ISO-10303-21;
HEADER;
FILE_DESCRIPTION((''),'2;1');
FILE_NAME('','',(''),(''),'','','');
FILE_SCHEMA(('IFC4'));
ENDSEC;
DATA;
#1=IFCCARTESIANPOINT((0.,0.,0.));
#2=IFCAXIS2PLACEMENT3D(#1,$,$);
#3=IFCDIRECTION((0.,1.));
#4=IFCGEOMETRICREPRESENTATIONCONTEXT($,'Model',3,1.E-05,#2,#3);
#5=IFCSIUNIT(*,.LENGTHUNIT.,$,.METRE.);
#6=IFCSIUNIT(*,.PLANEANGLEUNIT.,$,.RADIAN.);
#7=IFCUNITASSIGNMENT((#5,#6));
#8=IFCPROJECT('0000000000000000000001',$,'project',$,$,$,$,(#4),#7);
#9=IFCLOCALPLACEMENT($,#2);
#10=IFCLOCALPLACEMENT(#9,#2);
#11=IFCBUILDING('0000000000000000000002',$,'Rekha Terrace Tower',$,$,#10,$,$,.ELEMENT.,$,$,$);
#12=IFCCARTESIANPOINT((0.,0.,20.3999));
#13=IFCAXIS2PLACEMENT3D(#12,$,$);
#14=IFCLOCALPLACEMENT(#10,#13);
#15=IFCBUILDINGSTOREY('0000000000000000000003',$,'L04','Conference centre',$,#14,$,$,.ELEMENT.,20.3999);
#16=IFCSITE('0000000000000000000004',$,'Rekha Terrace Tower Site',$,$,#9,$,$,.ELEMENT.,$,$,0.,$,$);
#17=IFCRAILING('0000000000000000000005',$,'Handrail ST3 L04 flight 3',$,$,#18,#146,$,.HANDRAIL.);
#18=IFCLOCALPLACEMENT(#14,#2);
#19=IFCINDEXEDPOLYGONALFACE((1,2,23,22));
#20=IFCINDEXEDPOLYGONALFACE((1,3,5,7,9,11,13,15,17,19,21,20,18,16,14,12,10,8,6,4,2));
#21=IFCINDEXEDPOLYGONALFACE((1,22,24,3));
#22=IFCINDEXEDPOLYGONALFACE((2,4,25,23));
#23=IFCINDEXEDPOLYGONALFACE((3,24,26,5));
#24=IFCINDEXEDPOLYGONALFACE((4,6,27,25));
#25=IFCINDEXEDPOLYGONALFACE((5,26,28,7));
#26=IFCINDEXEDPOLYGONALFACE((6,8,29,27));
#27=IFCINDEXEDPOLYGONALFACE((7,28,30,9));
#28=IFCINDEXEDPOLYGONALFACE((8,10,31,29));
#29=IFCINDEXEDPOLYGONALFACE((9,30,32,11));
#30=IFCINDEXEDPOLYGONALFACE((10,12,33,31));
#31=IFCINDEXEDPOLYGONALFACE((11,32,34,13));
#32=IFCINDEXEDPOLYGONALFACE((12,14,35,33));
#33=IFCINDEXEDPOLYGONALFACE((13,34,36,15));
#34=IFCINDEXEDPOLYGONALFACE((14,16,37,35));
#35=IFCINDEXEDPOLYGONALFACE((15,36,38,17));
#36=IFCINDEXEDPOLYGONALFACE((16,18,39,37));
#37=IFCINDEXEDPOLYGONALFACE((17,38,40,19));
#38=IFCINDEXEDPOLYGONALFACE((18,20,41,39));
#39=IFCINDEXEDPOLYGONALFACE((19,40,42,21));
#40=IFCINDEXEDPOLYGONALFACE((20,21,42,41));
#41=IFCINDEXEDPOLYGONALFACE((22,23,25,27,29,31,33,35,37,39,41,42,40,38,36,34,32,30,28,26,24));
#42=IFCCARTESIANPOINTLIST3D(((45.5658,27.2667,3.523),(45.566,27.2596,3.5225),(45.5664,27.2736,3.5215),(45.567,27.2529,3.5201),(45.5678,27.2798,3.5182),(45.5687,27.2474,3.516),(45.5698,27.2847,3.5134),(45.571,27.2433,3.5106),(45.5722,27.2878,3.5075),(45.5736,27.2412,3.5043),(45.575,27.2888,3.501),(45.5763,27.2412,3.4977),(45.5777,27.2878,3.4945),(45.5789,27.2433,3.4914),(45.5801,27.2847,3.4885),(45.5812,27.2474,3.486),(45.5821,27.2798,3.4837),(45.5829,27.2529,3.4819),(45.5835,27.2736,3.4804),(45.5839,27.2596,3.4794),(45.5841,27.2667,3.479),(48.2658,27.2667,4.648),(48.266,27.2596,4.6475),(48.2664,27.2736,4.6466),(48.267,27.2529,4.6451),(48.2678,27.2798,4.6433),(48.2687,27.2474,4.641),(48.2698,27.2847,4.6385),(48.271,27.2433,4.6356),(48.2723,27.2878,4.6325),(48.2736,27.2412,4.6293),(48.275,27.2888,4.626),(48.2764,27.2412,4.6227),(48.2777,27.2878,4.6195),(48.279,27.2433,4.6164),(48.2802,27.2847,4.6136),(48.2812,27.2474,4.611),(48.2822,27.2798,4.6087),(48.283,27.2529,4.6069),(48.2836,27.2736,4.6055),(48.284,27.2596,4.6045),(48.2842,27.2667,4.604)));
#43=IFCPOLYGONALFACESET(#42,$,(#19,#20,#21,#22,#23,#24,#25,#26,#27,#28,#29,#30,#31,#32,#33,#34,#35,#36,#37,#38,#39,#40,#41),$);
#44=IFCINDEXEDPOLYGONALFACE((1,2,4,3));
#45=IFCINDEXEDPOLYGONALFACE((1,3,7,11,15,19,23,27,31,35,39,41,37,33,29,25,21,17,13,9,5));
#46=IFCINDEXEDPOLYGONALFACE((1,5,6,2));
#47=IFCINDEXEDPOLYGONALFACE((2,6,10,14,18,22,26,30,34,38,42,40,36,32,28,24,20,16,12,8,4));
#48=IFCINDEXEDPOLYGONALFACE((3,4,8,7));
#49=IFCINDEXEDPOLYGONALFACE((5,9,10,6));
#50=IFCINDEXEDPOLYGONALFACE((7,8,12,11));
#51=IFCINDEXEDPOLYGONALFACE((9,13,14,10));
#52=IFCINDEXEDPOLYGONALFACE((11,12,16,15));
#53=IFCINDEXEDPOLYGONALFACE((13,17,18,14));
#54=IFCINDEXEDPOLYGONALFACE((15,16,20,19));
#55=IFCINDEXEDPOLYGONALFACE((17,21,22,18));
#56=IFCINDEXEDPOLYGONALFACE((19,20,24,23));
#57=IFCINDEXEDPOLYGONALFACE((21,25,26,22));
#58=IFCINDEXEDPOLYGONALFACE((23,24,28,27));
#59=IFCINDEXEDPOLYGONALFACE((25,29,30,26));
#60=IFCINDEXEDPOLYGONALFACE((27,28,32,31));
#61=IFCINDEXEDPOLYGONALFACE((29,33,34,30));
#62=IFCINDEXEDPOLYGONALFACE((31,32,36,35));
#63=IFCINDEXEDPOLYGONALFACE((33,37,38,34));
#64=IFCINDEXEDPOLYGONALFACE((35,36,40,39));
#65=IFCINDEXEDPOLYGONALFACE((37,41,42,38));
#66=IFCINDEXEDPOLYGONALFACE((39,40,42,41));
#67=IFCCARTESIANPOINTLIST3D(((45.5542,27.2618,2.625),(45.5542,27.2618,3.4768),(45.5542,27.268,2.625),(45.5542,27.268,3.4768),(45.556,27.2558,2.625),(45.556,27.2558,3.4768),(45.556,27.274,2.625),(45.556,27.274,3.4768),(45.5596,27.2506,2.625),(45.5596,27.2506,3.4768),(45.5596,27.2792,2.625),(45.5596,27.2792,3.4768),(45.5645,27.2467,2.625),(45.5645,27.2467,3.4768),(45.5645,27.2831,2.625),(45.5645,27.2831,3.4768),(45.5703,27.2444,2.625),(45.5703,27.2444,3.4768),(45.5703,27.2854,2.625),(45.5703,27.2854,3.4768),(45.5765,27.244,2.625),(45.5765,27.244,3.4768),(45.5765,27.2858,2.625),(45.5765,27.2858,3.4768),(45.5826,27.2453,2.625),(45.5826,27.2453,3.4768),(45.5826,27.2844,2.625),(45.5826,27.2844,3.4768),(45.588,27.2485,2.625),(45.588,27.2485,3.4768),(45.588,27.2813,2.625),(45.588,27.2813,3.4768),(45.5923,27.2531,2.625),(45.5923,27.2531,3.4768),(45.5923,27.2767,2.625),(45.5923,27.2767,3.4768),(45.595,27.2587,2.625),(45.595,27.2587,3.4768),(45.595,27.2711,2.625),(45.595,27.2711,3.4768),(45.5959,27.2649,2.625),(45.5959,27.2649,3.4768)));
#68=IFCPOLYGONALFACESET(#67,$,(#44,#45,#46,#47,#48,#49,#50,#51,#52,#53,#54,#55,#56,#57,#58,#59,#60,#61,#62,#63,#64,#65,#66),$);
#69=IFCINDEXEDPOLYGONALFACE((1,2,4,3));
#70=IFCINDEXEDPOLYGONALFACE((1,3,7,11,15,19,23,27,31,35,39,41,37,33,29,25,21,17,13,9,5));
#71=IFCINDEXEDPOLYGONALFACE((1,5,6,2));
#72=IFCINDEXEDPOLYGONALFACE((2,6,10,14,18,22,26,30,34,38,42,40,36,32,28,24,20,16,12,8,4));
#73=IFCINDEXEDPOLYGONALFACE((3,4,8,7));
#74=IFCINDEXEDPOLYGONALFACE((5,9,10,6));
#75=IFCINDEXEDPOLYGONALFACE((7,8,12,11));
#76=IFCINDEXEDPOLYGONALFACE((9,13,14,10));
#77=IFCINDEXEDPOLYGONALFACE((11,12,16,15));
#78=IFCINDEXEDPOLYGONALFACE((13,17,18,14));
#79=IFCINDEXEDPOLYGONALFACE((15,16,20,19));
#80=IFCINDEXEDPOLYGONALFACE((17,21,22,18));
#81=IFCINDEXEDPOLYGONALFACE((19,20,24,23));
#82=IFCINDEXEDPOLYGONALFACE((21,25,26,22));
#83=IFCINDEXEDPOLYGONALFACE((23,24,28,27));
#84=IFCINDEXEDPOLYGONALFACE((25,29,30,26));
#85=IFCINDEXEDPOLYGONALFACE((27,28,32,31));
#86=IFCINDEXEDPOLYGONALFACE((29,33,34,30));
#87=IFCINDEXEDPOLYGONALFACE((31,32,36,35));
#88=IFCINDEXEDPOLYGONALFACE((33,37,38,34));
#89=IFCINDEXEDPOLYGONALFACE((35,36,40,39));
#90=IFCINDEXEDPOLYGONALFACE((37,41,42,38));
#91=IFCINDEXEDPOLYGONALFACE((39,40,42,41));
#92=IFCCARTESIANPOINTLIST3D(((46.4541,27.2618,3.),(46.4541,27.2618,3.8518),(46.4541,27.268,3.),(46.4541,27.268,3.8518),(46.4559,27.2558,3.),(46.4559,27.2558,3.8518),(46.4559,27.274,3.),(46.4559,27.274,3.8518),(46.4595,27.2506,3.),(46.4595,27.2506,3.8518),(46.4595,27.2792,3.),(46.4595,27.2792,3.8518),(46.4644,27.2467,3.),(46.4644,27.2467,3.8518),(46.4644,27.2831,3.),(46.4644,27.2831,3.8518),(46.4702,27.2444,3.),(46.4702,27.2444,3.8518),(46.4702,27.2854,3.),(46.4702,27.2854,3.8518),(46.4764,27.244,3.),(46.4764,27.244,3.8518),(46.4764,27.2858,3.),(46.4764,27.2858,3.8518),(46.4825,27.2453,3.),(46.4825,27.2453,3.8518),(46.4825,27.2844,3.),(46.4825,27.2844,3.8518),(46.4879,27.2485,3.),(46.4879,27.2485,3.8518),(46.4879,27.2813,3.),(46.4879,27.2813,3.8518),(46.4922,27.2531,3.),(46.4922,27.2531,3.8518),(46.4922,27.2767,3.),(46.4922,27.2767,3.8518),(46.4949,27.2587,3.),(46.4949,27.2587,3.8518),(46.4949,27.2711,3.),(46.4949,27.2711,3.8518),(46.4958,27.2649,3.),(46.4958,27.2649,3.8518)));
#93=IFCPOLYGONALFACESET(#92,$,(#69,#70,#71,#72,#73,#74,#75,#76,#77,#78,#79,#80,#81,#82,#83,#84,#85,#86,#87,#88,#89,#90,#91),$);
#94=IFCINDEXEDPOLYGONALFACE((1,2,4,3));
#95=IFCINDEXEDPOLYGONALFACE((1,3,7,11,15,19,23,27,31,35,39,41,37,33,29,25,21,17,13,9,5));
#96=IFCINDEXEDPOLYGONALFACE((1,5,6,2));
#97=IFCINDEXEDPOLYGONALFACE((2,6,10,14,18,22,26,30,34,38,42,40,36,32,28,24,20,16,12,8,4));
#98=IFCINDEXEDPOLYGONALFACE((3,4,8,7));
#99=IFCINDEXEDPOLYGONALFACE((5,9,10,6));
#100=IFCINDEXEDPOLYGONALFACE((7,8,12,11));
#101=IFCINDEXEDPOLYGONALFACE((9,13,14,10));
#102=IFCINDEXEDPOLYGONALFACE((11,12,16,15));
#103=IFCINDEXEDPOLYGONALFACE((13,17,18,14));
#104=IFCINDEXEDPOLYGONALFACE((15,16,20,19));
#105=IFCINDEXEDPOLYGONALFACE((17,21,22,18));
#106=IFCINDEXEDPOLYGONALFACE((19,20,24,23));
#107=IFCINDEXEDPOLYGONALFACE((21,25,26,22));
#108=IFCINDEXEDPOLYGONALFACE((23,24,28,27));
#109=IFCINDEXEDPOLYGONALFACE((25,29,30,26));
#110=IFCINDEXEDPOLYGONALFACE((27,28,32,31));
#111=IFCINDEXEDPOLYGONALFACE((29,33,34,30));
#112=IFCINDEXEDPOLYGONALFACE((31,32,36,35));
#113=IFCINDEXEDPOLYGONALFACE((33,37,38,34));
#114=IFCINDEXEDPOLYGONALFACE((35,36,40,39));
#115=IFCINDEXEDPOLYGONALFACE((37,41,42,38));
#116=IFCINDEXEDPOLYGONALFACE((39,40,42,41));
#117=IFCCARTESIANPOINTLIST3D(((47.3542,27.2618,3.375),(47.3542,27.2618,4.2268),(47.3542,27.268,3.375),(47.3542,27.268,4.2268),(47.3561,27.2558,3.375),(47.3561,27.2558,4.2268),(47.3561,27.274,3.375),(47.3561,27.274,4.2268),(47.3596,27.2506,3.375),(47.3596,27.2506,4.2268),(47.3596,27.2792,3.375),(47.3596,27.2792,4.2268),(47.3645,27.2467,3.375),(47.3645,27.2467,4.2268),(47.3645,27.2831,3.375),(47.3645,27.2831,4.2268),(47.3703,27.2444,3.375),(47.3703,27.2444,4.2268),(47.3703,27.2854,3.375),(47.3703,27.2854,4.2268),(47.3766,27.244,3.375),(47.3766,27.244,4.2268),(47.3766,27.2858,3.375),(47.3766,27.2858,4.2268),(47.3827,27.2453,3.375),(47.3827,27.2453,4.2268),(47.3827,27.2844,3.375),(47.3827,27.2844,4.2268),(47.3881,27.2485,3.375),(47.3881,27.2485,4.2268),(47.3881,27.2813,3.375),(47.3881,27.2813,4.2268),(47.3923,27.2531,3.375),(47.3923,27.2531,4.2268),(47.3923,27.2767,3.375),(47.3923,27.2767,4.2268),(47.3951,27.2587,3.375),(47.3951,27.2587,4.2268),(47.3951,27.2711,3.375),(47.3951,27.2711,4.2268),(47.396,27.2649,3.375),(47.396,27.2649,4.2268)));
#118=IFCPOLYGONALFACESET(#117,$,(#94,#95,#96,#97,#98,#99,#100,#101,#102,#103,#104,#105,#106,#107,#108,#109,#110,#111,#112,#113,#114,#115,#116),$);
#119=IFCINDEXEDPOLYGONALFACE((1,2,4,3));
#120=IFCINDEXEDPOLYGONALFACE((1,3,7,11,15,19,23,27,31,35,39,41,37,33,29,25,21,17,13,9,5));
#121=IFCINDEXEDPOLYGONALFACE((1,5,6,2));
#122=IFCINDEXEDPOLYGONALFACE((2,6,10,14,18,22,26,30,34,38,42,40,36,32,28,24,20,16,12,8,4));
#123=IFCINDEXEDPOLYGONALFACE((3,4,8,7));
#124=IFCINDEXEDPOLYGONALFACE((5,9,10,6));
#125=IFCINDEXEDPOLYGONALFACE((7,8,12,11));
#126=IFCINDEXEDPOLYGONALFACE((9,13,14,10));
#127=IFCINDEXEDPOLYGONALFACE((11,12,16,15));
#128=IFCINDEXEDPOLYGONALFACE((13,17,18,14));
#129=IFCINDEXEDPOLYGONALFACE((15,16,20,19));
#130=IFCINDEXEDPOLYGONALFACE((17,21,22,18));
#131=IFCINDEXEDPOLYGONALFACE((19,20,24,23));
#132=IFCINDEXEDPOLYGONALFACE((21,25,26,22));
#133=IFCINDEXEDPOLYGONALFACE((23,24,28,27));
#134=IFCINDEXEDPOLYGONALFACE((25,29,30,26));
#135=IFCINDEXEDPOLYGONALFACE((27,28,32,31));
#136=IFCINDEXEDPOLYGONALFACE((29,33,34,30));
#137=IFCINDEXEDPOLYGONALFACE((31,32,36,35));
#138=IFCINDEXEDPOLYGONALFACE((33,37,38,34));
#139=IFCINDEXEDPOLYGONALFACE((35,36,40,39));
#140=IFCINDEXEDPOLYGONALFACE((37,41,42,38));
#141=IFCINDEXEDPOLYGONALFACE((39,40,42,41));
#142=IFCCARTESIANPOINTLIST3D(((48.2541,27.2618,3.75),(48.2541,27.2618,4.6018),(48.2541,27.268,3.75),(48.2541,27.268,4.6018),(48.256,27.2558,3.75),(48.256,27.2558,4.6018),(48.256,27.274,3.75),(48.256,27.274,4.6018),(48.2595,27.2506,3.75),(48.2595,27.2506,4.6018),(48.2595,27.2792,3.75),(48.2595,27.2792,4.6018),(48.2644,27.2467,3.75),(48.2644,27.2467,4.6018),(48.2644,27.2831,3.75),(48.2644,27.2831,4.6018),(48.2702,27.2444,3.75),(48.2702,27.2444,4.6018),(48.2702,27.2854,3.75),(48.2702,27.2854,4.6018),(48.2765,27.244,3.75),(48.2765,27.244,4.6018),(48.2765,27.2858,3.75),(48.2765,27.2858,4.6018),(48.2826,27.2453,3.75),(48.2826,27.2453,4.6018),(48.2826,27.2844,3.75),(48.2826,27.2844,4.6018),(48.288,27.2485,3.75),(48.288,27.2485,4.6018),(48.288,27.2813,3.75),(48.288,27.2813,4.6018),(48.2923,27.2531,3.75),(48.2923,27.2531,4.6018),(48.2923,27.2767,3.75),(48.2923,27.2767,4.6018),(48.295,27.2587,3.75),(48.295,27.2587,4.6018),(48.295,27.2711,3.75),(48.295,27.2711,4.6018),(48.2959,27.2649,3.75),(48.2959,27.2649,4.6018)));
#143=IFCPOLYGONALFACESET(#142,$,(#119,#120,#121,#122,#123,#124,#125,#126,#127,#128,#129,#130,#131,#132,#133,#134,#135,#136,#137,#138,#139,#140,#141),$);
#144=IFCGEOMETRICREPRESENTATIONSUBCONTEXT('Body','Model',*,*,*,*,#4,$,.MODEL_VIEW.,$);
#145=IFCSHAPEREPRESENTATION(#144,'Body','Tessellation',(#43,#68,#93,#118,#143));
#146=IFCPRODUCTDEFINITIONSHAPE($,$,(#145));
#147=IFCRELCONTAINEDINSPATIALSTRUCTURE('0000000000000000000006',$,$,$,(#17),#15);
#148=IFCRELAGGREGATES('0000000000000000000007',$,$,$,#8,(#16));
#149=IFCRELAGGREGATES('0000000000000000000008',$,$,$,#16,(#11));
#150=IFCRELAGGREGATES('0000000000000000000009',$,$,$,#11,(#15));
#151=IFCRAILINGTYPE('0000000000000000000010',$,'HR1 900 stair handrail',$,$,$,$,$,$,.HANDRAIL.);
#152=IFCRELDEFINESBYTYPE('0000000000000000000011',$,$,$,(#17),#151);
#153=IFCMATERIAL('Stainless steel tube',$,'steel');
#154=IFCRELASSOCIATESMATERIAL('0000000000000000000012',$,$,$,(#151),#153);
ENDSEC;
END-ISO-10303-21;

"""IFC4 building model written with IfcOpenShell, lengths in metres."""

from ifc_helpers import new_model, si_unit, direction, frame, origin, origin_2d, place, context, subcontext, project, spatial, circle, extrude, material, type_object, element, save


model = new_model("IFC4")

# Units and contexts
model_context = context("Model", 3, precision=1e-05, world=origin(), true_north=direction((0.0, 1.0)))
body_context = subcontext(model_context, "Body", "Model", "MODEL_VIEW")
ifc_project = project(units=[si_unit("LENGTHUNIT", "METRE"), si_unit("PLANEANGLEUNIT", "RADIAN")], contexts=[model_context])

# Site, building, storey
site_placement = place(None, origin())
site = spatial("IfcSite", under=ifc_project, at=site_placement, Name="Rekha Terrace Tower Site", CompositionType="ELEMENT", RefElevation=0.0)
building_placement = place(site_placement, origin())
building = spatial("IfcBuilding", under=site, at=building_placement, Name="Rekha Terrace Tower", CompositionType="ELEMENT")
storey_placement = place(building_placement, frame((0.0, 0.0, 20.3999)))
storey = spatial("IfcBuildingStorey", under=building, at=storey_placement, Name="L04", Description="Conference centre", CompositionType="ELEMENT", Elevation=20.3999)

# Railing
ifc_material_1 = material(Name="Stainless steel tube", Category="steel")
railing_type_1 = type_object("IfcRailingType", Name="HR1 900 stair handrail", PredefinedType="HANDRAIL", material=ifc_material_1)
railing_1_placement = place(storey_placement, frame((45.575, 27.2649, 2.625)))
element("IfcRailing", 1, at=railing_1_placement, inside=storey, type_object=railing_type_1, Name="Handrail ST3 L04 flight 3", PredefinedType="HANDRAIL", context=body_context, shape_type="SweptSolid", body=[
    extrude(circle(Radius=0.0239, at=origin_2d()), frame((0.0, 0.0, 0.876), z_axis=(0.923074, 0.0, 0.384621), x_axis=(0.0, 1.0, 0.0)), (0.0, 0.0, 1.0), 2.925),
    extrude(circle(Radius=0.021, at=origin_2d()), origin(), (0.0, 0.0, 1.0), 0.8518),
    extrude(circle(Radius=0.021, at=origin_2d()), frame((0.8999, 0.0, 0.375)), (0.0, 0.0, 1.0), 0.8518),
    extrude(circle(Radius=0.021, at=origin_2d()), frame((1.8, 0.0, 0.75)), (0.0, 0.0, 1.0), 0.8518),
    extrude(circle(Radius=0.021, at=origin_2d()), frame((2.7, 0.0, 1.125)), (0.0, 0.0, 1.0), 0.8518),
])

save(model, "model.ifc")
